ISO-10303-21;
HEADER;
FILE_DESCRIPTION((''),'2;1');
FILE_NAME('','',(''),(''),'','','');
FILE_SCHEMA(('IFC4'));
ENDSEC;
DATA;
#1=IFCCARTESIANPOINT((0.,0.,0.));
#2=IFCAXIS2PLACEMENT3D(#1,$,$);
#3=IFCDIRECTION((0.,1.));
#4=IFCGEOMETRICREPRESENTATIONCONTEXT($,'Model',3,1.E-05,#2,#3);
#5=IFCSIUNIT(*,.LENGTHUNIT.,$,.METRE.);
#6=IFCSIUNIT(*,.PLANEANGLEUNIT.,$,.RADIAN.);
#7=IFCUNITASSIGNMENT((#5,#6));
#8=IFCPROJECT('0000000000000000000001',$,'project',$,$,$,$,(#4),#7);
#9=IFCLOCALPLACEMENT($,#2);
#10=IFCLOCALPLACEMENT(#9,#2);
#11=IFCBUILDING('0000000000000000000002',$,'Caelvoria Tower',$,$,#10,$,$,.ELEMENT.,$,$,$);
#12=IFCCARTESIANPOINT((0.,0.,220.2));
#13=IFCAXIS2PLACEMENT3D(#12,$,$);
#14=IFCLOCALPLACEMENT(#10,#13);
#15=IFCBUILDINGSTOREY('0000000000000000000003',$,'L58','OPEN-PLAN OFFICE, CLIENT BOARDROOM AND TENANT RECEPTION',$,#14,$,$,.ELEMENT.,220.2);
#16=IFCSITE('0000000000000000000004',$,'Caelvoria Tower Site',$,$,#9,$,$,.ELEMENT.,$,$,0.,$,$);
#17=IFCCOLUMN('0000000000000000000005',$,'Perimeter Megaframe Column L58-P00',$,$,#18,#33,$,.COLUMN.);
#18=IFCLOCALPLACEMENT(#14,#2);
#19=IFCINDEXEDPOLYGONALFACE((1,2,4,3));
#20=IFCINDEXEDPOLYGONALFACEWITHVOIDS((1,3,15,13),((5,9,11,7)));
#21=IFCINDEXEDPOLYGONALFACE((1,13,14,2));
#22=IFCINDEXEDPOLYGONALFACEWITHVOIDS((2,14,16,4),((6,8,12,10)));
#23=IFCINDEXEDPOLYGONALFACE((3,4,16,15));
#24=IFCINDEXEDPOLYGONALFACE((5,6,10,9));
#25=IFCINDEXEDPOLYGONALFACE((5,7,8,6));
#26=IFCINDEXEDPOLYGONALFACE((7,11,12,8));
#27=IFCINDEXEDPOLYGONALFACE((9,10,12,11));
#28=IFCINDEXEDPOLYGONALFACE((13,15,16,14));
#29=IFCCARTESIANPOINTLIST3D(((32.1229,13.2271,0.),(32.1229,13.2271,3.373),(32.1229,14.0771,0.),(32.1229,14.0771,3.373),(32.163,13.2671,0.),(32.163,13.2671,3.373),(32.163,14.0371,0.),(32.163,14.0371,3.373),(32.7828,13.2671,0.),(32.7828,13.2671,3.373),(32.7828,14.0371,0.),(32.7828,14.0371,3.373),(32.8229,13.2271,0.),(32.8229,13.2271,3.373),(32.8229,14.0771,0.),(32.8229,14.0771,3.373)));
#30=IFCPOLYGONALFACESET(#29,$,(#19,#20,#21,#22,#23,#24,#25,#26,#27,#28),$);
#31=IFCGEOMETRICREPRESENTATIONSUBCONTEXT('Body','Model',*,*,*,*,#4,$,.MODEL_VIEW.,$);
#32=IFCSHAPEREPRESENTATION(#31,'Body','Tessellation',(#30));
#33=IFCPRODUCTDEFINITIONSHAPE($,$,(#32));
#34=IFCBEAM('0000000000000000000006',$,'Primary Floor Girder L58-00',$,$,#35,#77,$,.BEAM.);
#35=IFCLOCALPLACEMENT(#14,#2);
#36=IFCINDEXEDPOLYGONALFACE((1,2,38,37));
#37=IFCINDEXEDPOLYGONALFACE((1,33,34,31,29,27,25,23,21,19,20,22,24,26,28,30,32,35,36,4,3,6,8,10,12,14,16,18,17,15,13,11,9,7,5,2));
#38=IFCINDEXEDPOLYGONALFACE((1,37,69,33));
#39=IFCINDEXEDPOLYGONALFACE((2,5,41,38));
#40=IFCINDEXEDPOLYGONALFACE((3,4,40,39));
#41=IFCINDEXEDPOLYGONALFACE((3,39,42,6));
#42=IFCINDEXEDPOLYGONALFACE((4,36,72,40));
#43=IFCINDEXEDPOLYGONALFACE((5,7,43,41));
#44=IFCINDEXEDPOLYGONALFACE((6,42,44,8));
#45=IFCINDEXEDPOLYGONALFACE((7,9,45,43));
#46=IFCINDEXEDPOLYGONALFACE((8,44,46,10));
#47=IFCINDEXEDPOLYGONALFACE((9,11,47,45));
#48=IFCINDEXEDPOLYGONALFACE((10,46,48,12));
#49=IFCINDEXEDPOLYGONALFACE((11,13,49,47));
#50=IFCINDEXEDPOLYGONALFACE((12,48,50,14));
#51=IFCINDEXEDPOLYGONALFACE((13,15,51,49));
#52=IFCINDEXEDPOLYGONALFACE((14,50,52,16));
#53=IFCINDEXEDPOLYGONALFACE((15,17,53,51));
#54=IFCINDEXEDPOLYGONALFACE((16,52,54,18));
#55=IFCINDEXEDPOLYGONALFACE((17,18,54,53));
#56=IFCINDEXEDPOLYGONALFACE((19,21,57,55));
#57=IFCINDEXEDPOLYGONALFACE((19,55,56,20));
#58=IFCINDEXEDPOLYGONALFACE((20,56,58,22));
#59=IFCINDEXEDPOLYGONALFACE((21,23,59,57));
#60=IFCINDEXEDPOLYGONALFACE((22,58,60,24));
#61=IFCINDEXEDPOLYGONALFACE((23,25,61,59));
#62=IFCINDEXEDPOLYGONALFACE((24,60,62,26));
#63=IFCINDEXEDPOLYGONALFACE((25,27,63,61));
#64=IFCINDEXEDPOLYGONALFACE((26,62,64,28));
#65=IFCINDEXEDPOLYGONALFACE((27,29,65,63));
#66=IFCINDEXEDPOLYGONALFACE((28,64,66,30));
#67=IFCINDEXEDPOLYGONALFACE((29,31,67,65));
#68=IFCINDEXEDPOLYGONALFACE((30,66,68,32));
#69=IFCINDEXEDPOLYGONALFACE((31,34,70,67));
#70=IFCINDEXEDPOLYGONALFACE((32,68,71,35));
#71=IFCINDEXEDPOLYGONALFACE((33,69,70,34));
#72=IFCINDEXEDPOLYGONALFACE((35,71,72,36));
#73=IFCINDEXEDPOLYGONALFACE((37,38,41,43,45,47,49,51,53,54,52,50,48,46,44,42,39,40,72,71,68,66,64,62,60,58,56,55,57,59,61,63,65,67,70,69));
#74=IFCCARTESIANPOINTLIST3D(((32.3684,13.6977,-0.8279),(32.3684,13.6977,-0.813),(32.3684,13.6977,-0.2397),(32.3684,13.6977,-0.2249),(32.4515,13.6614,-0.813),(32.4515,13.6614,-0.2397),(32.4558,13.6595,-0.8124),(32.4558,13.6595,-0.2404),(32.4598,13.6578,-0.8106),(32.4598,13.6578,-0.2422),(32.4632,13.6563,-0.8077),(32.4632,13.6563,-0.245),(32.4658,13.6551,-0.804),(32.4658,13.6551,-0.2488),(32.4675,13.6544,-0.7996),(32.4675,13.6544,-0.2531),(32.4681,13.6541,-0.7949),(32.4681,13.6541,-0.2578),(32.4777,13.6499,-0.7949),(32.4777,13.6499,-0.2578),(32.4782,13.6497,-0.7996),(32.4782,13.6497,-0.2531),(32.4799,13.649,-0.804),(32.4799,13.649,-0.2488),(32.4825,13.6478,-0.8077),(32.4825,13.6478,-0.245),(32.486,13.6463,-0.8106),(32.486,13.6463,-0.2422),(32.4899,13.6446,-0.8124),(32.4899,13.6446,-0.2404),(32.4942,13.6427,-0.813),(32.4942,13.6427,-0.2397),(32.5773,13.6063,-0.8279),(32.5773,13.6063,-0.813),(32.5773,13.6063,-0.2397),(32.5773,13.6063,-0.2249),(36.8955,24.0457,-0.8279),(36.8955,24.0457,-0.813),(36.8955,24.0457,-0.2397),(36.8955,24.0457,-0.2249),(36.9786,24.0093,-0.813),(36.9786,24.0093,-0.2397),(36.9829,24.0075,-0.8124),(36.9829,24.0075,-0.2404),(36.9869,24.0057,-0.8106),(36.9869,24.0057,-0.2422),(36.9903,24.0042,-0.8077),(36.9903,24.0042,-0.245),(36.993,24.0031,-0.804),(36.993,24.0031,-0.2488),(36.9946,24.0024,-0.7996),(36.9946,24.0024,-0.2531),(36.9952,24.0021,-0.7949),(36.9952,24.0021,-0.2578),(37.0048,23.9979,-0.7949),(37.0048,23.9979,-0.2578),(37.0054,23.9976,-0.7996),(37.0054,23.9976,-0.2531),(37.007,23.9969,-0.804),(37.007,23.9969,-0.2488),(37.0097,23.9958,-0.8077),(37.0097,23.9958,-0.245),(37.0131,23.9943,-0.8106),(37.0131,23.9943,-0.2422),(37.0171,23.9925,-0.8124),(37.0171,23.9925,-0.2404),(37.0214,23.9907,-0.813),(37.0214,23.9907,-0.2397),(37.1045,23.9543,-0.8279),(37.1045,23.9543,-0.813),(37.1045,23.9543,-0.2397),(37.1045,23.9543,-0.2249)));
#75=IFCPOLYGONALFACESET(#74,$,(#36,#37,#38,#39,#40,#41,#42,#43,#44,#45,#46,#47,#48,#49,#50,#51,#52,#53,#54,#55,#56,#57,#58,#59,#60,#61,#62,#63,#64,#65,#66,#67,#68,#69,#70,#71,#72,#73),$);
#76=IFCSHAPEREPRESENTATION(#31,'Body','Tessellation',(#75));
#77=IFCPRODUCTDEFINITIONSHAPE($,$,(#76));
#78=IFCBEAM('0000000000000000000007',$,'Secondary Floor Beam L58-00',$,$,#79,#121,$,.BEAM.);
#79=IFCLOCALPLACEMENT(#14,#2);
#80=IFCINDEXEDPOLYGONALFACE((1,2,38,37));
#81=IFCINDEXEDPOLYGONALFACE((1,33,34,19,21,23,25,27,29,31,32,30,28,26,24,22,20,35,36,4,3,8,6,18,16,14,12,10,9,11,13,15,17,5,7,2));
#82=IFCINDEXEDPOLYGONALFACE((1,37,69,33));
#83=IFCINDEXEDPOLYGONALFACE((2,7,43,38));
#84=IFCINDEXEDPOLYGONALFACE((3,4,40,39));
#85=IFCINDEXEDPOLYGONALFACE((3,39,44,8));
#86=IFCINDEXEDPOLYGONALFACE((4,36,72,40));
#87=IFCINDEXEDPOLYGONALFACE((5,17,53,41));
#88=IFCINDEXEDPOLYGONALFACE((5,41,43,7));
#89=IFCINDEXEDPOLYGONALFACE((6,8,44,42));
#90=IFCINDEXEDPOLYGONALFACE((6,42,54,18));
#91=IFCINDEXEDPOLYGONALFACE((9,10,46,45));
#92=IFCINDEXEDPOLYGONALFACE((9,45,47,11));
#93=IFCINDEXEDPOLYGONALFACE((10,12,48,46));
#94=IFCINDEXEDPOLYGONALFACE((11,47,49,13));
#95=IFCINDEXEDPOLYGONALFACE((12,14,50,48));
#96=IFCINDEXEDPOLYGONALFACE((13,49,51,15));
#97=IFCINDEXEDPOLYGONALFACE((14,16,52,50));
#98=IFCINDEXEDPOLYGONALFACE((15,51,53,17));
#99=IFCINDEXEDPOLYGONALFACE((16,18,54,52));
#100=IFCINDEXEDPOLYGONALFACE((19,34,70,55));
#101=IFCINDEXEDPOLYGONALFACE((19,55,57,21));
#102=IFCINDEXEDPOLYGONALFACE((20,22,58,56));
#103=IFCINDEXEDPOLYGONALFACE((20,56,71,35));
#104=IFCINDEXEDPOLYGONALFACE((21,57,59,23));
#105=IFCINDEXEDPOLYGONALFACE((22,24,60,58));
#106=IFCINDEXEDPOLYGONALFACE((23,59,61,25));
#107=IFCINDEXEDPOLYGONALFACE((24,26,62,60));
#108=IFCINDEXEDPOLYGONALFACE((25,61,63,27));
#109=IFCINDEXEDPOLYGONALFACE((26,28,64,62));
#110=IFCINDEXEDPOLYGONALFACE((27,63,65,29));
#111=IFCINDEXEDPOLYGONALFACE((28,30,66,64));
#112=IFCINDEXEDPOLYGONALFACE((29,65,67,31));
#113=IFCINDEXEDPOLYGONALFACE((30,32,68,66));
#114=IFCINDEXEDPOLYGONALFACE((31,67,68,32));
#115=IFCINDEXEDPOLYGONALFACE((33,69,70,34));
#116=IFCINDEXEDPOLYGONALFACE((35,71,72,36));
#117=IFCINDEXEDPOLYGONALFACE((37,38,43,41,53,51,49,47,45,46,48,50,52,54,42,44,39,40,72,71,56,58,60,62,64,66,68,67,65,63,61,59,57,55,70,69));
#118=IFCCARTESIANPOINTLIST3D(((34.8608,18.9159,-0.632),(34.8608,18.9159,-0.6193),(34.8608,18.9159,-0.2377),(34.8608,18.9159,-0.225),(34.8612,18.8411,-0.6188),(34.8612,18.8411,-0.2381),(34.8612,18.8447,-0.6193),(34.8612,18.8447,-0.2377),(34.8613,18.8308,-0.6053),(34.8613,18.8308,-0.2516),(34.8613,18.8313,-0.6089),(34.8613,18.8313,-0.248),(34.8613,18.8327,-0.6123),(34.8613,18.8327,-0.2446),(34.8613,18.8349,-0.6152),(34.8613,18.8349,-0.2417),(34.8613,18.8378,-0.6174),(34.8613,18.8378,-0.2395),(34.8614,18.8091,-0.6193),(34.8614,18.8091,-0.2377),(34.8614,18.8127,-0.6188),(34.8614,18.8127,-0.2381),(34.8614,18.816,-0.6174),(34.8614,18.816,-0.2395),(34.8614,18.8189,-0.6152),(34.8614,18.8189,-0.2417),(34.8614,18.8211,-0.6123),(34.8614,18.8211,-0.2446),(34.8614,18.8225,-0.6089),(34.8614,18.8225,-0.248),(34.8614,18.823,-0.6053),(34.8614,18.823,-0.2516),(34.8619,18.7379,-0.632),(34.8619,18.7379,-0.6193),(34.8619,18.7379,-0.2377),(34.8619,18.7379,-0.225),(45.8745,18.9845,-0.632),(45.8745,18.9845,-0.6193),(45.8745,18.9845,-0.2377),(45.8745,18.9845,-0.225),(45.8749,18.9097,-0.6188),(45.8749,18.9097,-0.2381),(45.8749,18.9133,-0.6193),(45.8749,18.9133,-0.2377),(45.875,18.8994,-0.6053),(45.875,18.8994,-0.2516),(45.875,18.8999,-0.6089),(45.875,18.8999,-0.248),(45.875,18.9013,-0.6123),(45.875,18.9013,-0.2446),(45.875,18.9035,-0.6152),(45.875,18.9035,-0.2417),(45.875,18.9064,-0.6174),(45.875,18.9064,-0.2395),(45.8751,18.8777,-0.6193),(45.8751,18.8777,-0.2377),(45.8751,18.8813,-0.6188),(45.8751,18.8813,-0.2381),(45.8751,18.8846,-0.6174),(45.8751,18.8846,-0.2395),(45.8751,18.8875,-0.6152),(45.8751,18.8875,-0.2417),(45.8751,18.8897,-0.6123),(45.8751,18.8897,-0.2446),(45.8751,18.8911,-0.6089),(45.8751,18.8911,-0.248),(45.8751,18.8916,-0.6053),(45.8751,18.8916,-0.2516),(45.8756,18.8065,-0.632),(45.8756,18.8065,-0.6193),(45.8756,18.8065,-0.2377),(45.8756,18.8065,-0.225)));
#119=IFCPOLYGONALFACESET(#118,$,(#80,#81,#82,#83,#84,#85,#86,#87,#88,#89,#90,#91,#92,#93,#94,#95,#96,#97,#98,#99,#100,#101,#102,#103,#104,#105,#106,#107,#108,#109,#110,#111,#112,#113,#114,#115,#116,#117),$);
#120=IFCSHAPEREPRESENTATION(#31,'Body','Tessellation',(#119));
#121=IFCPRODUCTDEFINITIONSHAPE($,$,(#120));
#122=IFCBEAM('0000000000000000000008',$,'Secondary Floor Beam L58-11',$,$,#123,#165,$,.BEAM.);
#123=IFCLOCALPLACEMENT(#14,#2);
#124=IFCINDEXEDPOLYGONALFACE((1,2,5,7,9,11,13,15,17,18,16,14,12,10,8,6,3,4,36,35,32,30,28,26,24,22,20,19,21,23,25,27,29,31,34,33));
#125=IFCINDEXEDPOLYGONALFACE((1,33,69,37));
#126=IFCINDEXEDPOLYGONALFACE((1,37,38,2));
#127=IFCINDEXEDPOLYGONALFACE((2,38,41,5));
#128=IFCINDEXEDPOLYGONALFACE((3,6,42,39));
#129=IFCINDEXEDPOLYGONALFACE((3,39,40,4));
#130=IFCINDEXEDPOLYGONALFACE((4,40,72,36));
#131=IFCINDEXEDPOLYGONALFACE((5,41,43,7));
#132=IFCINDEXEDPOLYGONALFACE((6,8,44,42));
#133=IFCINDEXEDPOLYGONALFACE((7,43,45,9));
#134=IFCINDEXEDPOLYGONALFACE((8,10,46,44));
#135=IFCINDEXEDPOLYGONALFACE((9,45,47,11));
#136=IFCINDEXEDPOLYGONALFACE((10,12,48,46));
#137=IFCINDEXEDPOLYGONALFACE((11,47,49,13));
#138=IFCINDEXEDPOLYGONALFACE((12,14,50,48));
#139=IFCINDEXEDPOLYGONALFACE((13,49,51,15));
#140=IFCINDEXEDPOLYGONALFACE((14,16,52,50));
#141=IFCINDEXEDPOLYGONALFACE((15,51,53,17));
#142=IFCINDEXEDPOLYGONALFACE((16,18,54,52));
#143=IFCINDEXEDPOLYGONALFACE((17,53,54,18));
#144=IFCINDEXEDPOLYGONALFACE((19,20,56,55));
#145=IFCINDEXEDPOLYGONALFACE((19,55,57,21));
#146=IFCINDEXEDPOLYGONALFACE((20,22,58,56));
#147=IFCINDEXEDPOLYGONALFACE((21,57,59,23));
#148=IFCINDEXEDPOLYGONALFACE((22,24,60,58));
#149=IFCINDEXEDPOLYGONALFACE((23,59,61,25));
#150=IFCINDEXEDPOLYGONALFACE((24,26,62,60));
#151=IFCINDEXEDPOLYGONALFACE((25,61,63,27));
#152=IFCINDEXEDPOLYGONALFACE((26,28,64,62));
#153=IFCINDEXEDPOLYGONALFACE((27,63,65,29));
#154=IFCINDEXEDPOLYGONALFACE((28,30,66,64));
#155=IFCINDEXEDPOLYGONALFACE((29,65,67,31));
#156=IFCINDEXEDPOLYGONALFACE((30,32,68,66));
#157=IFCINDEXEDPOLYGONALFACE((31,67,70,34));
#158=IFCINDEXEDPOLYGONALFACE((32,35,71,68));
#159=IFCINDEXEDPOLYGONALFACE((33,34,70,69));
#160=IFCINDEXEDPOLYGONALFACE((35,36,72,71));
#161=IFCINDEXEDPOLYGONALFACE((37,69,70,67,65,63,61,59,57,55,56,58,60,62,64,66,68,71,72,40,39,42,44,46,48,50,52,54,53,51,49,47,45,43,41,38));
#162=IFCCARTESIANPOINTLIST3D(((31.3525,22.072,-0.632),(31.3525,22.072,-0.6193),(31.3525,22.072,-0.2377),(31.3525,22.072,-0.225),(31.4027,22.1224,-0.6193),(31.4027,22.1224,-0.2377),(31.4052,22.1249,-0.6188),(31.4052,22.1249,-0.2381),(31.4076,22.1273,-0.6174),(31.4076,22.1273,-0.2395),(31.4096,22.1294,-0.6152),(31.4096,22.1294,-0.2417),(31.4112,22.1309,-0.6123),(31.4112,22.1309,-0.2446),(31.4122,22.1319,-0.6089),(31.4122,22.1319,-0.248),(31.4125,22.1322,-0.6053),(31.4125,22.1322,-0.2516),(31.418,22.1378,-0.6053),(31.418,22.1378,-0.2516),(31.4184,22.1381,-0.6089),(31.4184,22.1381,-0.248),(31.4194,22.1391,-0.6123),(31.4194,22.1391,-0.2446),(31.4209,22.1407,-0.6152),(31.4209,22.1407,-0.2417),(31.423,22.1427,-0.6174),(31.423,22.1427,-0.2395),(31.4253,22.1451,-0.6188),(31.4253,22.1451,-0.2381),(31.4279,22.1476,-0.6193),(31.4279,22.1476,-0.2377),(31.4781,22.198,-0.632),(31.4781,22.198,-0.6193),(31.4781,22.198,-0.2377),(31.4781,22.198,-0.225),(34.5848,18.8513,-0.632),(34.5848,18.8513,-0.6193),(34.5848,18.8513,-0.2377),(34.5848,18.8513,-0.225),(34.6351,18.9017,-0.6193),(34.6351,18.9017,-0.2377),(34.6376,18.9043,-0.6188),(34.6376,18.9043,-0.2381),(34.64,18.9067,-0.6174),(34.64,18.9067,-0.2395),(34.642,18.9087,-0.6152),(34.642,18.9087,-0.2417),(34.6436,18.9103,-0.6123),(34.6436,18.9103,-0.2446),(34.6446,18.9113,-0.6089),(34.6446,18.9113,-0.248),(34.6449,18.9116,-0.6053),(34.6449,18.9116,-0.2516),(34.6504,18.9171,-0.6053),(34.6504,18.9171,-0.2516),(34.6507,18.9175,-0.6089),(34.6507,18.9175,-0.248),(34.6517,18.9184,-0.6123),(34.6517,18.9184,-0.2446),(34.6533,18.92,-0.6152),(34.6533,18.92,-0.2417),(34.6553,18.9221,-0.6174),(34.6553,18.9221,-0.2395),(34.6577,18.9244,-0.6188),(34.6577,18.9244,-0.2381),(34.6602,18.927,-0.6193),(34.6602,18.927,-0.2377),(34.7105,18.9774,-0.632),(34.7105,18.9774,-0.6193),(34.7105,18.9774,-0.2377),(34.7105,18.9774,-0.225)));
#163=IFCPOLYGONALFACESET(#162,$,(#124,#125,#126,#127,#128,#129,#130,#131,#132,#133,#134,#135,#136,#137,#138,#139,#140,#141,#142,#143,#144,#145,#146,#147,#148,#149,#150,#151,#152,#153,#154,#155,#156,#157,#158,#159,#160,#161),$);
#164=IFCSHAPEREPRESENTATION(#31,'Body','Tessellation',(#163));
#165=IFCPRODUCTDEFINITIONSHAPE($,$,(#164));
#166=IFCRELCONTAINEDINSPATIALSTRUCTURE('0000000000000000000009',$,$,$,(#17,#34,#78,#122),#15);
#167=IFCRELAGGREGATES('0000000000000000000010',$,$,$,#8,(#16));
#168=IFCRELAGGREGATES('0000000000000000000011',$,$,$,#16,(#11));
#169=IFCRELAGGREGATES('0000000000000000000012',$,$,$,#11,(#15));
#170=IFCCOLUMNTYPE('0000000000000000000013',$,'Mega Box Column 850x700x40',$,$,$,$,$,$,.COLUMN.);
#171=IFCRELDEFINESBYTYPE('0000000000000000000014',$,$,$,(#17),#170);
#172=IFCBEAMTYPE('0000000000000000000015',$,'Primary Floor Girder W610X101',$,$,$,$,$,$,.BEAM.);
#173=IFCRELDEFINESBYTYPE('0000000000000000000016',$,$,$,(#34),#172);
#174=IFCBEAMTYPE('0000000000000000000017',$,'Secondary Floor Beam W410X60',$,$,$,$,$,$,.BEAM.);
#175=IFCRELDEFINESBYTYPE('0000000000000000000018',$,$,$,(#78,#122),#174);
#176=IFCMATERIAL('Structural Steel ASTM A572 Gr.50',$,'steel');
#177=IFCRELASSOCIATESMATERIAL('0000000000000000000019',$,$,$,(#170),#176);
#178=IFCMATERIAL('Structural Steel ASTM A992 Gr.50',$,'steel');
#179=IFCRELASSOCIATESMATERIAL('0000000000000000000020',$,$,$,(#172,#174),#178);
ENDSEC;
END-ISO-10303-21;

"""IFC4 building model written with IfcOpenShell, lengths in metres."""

from ifc_helpers import new_model, si_unit, direction, frame, origin, origin_2d, place, context, subcontext, project, spatial, hollow_rectangle, i_section, extrude, material, material_profile, profile_set, type_object, element, save


model = new_model("IFC4")

# Units and contexts
model_context = context("Model", 3, precision=1e-05, world=origin(), true_north=direction((0.0, 1.0)))
body_context = subcontext(model_context, "Body", "Model", "MODEL_VIEW")
ifc_project = project(units=[si_unit("LENGTHUNIT", "METRE"), si_unit("PLANEANGLEUNIT", "RADIAN")], contexts=[model_context])

# Site, building, storey
site_placement = place(None, origin())
site = spatial("IfcSite", under=ifc_project, at=site_placement, Name="Caelvoria Tower Site", CompositionType="ELEMENT", RefElevation=0.0)
building_placement = place(site_placement, origin())
building = spatial("IfcBuilding", under=site, at=building_placement, Name="Caelvoria Tower", CompositionType="ELEMENT")
storey_placement = place(building_placement, frame((0.0, 0.0, 220.2)))
storey = spatial("IfcBuildingStorey", under=building, at=storey_placement, Name="L58", Description="OPEN-PLAN OFFICE, CLIENT BOARDROOM AND TENANT RECEPTION", CompositionType="ELEMENT", Elevation=220.2)

# Column
ifc_material_1 = material(Name="Structural Steel ASTM A572 Gr.50", Category="steel")
ifc_material_profile_1 = material_profile(ifc_material_1, hollow_rectangle(XDim=0.7, YDim=0.8501, WallThickness=0.04, at=origin_2d()), Name="Structural Steel ASTM A572 Gr.50")
ifc_profile_set_1 = profile_set([ifc_material_profile_1], Name="BOX850X700X40 - Structural Steel ASTM A572 Gr.50")
column_type = type_object("IfcColumnType", Name="Mega Box Column 850x700x40", PredefinedType="COLUMN", material=ifc_profile_set_1)
column_placement = place(storey_placement, frame((32.4729, 13.6521, 0.0), z_axis=(0.0, 0.0, 1.0), x_axis=(1.0, 0.0, 0.0)))
element("IfcColumn", 1, at=column_placement, inside=storey, type_object=column_type, Name="Perimeter Megaframe Column L58-P00", PredefinedType="COLUMN", context=body_context, shape_type="SweptSolid", body=[
    extrude(hollow_rectangle(XDim=0.7, YDim=0.8501, WallThickness=0.04, at=origin_2d()), origin(), (0.0, 0.0, 1.0), 3.373),
])

# Beams
ifc_material_2 = material(Name="Structural Steel ASTM A992 Gr.50", Category="steel")
ifc_material_profile_2 = material_profile(ifc_material_2, i_section(OverallWidth=0.228, OverallDepth=0.603, WebThickness=0.0105, FlangeThickness=0.0149, FilletRadius=0.0181, at=origin_2d()), Name="Structural Steel ASTM A992 Gr.50")
ifc_profile_set_2 = profile_set([ifc_material_profile_2], Name="W610X101 - Structural Steel ASTM A992 Gr.50")
beam_type_1 = type_object("IfcBeamType", Name="Primary Floor Girder W610X101", PredefinedType="BEAM", material=ifc_profile_set_2)
beam_1_placement = place(storey_placement, frame((37.0, 24.0, -0.5264), z_axis=(-0.400811, -0.916161, 0.0), x_axis=(0.916161, -0.400811, 0.0)))
element("IfcBeam", 2, at=beam_1_placement, inside=storey, type_object=beam_type_1, Name="Primary Floor Girder L58-00", PredefinedType="BEAM", context=body_context, shape_type="SweptSolid", body=[
    extrude(i_section(OverallWidth=0.228, OverallDepth=0.603, WebThickness=0.0105, FlangeThickness=0.0149, FilletRadius=0.0181, at=origin_2d()), origin(), (0.0, 0.0, 1.0), 11.2949),
])
ifc_material_profile_3 = material_profile(ifc_material_2, i_section(OverallWidth=0.178, OverallDepth=0.407, WebThickness=0.0078, FlangeThickness=0.0127, FilletRadius=0.0139, at=origin_2d()), Name="Structural Steel ASTM A992 Gr.50")
ifc_profile_set_3 = profile_set([ifc_material_profile_3], Name="W410X60 - Structural Steel ASTM A992 Gr.50")
beam_type_2 = type_object("IfcBeamType", Name="Secondary Floor Beam W410X60", PredefinedType="BEAM", material=ifc_profile_set_3)
beam_2_placement = place(storey_placement, frame((34.8613, 18.8269, -0.4285), z_axis=(0.999981, 0.006229, 0.0), x_axis=(-0.006229, 0.999981, 0.0)))
element("IfcBeam", 3, at=beam_2_placement, inside=storey, type_object=beam_type_2, Name="Secondary Floor Beam L58-00", PredefinedType="BEAM", context=body_context, shape_type="SweptSolid", body=[
    extrude(i_section(OverallWidth=0.178, OverallDepth=0.407, WebThickness=0.0078, FlangeThickness=0.0127, FilletRadius=0.0139, at=origin_2d()), origin(), (0.0, 0.0, 1.0), 11.0139),
])
beam_3_placement = place(storey_placement, frame((31.4153, 22.135, -0.4285), z_axis=(0.70839, -0.705822, 0.0), x_axis=(0.705822, 0.70839, 0.0)))
element("IfcBeam", 4, at=beam_3_placement, inside=storey, type_object=beam_type_2, Name="Secondary Floor Beam L58-11", PredefinedType="BEAM", context=body_context, shape_type="SweptSolid", body=[
    extrude(i_section(OverallWidth=0.178, OverallDepth=0.407, WebThickness=0.0078, FlangeThickness=0.0127, FilletRadius=0.0139, at=origin_2d()), origin(), (0.0, 0.0, 1.0), 4.563),
])

save(model, "model.ifc")
